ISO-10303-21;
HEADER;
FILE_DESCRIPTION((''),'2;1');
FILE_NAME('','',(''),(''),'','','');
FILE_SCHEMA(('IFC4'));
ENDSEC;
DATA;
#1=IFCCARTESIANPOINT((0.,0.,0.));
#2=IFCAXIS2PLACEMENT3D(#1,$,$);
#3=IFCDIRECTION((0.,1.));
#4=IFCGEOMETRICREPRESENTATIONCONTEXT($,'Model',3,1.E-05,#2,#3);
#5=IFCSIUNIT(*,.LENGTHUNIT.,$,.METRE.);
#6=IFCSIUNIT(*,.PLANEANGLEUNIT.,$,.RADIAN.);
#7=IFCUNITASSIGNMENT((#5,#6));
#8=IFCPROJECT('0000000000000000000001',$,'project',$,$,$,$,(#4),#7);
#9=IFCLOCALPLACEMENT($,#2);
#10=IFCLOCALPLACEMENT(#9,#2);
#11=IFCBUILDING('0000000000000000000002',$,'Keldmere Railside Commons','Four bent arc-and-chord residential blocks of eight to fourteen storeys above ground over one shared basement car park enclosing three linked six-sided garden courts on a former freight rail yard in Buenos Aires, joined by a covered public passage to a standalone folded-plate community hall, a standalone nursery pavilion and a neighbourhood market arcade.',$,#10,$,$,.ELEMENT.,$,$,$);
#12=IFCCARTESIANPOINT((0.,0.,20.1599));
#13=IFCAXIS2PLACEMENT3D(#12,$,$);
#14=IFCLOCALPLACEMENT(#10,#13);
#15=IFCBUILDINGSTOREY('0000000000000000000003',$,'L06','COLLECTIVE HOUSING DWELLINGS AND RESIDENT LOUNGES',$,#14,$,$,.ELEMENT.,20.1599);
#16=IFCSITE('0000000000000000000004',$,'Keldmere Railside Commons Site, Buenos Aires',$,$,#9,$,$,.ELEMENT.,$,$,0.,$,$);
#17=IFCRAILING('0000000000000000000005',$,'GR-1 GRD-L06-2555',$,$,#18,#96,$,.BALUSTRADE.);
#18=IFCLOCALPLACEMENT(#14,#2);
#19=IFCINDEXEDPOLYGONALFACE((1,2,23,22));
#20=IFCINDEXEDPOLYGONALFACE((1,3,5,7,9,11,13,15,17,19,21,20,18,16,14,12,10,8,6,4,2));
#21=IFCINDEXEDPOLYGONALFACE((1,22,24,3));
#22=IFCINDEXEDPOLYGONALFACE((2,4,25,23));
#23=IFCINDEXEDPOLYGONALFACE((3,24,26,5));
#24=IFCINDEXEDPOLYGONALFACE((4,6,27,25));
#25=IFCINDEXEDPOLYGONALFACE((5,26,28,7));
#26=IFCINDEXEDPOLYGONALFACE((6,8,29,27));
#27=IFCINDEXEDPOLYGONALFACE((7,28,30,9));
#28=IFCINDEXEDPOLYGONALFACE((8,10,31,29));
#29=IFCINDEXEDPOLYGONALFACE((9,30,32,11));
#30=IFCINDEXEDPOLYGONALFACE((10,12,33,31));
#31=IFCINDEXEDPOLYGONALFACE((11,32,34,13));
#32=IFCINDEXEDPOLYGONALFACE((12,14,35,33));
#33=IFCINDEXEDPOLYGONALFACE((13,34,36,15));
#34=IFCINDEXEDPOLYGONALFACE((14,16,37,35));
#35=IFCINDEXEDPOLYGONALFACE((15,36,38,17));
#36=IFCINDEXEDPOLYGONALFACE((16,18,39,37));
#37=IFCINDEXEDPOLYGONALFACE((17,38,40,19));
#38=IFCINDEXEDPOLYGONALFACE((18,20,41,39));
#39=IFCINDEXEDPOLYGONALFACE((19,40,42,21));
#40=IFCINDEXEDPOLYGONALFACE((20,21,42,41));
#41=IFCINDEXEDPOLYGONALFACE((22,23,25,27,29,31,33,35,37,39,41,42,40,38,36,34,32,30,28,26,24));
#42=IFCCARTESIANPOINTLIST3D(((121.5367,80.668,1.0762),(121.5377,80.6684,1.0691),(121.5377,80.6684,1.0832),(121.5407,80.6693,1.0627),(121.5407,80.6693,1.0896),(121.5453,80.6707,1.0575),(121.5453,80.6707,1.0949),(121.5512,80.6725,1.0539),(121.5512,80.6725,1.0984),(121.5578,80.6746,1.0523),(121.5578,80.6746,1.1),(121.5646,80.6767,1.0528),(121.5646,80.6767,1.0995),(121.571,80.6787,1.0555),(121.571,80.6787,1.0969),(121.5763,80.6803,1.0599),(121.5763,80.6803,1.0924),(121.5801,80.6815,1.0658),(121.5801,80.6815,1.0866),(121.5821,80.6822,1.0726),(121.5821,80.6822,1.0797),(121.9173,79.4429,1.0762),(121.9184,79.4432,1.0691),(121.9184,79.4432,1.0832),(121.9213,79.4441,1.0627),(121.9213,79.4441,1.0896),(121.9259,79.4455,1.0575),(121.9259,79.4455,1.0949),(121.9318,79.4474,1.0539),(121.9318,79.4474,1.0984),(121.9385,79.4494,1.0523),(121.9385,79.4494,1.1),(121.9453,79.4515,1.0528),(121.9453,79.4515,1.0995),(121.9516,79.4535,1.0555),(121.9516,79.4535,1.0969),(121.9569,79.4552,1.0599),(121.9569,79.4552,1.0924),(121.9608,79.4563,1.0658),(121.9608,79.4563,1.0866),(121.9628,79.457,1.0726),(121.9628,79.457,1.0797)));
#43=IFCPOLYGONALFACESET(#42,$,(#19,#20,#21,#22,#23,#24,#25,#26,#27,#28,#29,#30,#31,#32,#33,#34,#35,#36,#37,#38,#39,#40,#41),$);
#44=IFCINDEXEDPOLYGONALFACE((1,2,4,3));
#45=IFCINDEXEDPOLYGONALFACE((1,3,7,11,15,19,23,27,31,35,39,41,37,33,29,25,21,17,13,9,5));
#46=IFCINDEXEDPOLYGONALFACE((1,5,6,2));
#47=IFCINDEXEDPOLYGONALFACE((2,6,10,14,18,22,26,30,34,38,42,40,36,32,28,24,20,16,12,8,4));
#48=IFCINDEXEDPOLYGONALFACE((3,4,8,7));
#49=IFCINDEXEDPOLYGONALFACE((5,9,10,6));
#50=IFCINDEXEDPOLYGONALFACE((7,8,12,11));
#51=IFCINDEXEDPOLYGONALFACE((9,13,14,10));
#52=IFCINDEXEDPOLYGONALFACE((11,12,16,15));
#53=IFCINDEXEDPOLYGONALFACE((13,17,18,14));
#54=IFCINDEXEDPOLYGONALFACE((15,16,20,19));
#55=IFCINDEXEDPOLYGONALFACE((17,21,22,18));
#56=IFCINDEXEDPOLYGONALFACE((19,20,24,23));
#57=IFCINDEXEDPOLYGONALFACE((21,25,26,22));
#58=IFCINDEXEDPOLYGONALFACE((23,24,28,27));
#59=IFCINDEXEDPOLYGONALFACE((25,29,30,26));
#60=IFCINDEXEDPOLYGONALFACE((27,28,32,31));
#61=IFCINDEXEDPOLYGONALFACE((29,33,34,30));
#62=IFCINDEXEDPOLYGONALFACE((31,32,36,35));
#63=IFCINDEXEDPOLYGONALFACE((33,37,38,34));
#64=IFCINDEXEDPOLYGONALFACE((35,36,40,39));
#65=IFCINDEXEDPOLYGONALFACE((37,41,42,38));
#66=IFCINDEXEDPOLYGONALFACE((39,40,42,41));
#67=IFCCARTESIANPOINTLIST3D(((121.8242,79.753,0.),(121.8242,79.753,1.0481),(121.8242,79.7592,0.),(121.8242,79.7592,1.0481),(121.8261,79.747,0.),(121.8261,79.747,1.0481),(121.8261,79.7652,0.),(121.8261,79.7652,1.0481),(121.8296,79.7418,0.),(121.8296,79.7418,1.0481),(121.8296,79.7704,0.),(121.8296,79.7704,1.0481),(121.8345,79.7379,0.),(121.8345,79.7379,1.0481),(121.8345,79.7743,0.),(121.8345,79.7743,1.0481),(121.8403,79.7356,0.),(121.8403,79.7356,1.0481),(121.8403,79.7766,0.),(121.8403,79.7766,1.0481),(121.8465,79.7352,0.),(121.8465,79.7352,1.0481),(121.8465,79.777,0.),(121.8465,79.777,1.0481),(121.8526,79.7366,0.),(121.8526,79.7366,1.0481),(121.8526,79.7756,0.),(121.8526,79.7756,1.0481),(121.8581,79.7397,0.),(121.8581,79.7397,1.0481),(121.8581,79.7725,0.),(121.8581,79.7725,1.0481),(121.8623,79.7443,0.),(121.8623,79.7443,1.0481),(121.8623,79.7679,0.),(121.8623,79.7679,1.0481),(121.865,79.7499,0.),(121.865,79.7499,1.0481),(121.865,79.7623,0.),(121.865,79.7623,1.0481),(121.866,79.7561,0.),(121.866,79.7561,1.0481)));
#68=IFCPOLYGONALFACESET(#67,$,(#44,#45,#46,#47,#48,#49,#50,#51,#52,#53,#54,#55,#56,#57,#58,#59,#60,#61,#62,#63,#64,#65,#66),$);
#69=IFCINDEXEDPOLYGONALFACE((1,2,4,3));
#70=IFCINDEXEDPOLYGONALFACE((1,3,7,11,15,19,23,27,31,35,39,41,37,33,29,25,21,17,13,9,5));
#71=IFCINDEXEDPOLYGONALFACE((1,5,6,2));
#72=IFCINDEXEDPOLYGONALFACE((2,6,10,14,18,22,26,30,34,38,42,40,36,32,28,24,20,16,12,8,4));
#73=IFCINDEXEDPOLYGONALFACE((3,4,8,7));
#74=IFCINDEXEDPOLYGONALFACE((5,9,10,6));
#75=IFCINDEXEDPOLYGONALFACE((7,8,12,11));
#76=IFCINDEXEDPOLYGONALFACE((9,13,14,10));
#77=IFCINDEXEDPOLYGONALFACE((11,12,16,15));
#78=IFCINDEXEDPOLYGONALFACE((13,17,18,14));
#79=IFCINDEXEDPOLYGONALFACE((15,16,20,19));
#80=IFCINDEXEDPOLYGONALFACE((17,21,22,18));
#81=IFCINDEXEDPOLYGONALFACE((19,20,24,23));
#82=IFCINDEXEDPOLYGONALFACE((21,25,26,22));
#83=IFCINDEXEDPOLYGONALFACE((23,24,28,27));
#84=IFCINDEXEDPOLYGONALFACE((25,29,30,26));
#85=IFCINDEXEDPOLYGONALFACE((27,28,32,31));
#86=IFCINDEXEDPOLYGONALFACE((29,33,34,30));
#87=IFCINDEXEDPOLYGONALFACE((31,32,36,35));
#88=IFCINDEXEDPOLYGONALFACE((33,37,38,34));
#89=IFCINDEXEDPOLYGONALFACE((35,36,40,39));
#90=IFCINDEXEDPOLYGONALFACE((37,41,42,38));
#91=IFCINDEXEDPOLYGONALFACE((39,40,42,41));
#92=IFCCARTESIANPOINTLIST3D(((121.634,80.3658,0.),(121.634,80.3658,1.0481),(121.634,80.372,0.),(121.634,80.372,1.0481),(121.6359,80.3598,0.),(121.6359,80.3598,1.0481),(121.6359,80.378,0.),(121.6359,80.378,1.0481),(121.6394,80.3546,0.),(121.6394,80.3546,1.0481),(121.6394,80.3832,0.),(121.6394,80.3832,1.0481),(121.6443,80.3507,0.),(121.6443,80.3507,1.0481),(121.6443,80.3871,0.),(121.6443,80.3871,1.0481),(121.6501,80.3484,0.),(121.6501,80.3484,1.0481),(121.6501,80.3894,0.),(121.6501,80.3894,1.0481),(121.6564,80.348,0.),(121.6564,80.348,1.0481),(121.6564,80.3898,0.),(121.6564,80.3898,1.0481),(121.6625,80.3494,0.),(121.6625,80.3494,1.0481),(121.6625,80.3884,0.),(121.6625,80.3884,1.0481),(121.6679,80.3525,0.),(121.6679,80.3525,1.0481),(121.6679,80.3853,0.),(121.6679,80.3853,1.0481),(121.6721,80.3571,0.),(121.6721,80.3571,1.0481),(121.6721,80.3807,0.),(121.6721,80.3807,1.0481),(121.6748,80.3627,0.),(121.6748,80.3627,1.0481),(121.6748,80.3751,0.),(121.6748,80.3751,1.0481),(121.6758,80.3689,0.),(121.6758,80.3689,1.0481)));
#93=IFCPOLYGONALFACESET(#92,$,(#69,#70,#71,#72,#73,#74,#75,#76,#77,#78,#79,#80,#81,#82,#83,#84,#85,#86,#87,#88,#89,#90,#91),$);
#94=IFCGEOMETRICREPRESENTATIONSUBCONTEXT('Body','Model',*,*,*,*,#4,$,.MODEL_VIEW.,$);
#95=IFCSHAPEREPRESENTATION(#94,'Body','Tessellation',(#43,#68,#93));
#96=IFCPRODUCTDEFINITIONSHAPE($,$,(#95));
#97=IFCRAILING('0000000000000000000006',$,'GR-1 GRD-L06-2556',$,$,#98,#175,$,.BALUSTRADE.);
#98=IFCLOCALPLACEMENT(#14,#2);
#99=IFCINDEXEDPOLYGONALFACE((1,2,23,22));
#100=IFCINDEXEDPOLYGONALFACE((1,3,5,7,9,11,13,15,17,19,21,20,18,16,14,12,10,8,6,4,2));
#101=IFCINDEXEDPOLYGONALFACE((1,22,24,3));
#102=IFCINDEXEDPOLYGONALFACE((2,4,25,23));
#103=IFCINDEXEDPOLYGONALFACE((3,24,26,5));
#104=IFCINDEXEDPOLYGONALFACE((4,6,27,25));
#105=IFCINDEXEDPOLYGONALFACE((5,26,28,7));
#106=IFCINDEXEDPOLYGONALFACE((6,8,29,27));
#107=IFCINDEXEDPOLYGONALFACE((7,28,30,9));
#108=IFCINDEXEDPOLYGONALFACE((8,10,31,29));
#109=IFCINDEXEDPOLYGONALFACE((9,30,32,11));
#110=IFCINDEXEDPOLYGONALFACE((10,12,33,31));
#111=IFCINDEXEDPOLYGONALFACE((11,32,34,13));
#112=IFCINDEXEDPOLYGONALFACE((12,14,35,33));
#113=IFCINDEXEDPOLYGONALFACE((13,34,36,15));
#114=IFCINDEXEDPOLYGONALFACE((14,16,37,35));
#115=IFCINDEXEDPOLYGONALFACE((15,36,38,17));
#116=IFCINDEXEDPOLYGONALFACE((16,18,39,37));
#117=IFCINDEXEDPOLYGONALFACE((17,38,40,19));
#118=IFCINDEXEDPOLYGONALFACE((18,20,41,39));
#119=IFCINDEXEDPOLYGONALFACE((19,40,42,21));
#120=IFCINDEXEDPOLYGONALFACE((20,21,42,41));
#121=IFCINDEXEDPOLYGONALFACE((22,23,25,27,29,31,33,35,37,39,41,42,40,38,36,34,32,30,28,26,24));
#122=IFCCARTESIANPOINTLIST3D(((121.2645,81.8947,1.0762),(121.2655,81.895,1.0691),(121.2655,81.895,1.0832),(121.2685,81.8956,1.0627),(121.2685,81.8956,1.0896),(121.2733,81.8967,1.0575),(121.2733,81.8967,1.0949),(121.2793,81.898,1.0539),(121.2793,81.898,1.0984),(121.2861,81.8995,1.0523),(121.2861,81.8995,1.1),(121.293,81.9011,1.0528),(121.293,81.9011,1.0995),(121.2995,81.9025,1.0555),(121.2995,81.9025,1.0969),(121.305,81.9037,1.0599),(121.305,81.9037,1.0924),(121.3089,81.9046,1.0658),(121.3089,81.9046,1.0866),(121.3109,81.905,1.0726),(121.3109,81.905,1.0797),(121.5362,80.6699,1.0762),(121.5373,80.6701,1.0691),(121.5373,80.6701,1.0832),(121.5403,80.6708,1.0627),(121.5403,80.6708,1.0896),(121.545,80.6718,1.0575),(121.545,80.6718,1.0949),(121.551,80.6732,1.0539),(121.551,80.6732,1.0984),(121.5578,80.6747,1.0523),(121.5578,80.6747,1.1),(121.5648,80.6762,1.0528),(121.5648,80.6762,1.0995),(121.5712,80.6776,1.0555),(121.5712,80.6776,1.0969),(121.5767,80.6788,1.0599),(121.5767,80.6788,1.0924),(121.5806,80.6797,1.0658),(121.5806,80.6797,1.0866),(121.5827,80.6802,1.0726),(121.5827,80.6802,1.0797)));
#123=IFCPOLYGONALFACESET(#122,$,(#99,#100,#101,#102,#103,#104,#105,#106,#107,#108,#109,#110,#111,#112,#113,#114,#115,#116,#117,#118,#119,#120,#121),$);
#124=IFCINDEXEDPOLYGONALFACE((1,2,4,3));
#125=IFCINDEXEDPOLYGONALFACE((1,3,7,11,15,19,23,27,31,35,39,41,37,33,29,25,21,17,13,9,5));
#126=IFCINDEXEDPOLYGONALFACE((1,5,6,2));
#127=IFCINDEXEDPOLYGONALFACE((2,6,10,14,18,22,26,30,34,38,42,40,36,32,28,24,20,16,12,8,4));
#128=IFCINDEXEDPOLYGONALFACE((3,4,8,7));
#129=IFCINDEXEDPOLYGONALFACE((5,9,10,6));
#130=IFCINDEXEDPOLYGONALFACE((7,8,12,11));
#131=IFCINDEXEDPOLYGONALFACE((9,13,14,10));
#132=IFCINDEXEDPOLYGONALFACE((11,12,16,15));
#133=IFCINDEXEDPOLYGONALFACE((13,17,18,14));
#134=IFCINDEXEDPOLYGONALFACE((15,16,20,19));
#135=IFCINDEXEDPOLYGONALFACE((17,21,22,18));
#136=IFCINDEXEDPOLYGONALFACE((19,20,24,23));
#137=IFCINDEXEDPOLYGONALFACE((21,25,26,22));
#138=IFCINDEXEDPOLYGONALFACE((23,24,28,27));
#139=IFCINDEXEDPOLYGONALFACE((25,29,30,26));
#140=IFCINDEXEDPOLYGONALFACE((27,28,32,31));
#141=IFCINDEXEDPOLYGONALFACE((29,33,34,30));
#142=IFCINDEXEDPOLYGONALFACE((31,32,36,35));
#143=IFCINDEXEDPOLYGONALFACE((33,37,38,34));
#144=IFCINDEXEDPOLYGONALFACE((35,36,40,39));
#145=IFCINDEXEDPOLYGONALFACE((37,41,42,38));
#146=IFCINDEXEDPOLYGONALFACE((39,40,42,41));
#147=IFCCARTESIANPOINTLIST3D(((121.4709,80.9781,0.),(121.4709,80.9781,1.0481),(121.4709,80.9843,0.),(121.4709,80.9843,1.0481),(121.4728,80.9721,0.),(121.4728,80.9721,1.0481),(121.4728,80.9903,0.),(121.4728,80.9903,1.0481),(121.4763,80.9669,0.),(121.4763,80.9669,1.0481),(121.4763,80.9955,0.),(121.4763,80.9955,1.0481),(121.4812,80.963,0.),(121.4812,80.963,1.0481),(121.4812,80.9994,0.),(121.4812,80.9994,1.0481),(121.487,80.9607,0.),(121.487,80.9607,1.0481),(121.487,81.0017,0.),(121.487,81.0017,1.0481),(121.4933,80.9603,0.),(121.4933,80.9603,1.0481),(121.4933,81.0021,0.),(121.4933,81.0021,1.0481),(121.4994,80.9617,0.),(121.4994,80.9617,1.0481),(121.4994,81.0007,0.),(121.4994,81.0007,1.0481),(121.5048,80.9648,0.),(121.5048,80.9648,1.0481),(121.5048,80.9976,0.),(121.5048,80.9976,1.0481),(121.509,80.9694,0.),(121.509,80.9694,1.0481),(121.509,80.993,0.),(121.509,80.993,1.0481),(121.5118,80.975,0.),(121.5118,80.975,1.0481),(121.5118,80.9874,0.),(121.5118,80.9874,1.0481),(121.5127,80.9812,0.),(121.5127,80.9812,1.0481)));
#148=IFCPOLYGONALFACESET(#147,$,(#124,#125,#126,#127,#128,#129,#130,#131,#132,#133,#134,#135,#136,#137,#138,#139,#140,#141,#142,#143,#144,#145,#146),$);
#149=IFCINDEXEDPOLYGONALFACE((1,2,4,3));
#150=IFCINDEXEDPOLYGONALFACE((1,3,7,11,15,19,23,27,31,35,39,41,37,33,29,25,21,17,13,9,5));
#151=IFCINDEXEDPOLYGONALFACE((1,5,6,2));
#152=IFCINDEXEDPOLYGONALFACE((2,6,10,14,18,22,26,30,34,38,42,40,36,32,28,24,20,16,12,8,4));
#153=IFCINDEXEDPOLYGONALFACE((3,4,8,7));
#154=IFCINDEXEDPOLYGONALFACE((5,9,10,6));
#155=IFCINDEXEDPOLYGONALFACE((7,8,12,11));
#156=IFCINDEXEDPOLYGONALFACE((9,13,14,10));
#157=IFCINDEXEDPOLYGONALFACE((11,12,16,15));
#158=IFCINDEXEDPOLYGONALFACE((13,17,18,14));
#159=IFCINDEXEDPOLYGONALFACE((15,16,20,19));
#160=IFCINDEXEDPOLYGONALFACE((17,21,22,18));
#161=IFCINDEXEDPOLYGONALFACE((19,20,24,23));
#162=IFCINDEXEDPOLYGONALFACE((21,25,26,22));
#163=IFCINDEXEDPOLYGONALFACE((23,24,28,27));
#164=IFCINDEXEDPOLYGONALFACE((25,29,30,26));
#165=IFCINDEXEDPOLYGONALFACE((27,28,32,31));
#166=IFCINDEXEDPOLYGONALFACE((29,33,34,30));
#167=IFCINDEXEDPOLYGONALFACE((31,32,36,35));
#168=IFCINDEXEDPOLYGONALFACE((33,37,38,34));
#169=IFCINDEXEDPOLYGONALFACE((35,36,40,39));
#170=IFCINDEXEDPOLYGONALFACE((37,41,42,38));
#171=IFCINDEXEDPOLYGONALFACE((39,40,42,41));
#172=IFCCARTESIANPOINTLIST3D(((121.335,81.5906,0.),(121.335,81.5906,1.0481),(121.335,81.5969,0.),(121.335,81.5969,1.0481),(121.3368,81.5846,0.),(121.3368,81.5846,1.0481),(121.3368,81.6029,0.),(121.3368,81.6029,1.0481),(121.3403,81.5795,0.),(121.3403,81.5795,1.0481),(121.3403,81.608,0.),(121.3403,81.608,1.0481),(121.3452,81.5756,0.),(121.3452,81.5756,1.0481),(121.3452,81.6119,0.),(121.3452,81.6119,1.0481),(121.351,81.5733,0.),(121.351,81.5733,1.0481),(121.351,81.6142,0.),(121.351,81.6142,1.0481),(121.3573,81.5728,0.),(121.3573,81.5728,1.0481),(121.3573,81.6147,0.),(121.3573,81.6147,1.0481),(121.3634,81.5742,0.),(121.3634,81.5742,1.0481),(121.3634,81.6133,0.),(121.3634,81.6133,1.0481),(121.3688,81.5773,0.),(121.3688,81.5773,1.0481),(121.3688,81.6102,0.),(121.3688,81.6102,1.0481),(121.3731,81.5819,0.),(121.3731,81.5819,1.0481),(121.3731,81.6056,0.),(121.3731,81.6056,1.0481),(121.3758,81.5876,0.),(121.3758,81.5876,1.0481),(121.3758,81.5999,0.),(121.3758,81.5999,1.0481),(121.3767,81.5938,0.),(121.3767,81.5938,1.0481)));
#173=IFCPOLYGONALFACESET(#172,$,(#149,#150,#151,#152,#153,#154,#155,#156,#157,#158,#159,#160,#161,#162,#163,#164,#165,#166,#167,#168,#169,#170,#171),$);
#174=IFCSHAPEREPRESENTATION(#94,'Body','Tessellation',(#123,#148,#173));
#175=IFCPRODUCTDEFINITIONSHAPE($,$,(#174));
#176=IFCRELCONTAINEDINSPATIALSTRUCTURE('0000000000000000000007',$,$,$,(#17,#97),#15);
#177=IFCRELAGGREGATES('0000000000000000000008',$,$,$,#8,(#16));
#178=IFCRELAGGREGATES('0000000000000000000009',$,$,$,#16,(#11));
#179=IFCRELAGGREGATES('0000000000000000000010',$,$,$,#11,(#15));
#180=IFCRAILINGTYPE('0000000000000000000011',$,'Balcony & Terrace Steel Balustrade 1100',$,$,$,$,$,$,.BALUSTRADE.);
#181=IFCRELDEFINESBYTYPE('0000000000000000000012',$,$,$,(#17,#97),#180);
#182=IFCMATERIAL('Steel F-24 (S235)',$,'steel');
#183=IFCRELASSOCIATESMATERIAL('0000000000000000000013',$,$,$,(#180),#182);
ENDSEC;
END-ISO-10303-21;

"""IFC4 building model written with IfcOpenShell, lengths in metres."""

from ifc_helpers import new_model, si_unit, direction, frame, origin, origin_2d, place, context, subcontext, project, spatial, circle, extrude, material, type_object, element, save


model = new_model("IFC4")

# Units and contexts
model_context = context("Model", 3, precision=1e-05, world=origin(), true_north=direction((0.0, 1.0)))
body_context = subcontext(model_context, "Body", "Model", "MODEL_VIEW")
ifc_project = project(units=[si_unit("LENGTHUNIT", "METRE"), si_unit("PLANEANGLEUNIT", "RADIAN")], contexts=[model_context])

# Site, building, storey
site_placement = place(None, origin())
site = spatial("IfcSite", under=ifc_project, at=site_placement, Name="Keldmere Railside Commons Site, Buenos Aires", CompositionType="ELEMENT", RefElevation=0.0)
building_placement = place(site_placement, origin())
building = spatial("IfcBuilding", under=site, at=building_placement, Name="Keldmere Railside Commons", Description="Four bent arc-and-chord residential blocks of eight to fourteen storeys above ground over one shared basement car park enclosing three linked six-sided garden courts on a former freight rail yard in Buenos Aires, joined by a covered public passage to a standalone folded-plate community hall, a standalone nursery pavilion and a neighbourhood market arcade.", CompositionType="ELEMENT")
storey_placement = place(building_placement, frame((0.0, 0.0, 20.1599)))
storey = spatial("IfcBuildingStorey", under=building, at=storey_placement, Name="L06", Description="COLLECTIVE HOUSING DWELLINGS AND RESIDENT LOUNGES", CompositionType="ELEMENT", Elevation=20.1599)

# Railings
ifc_material_1 = material(Name="Steel F-24 (S235)", Category="steel")
railing_type = type_object("IfcRailingType", Name="Balcony & Terrace Steel Balustrade 1100", PredefinedType="BALUSTRADE", material=ifc_material_1)
railing_1_placement = place(storey_placement, frame((121.9402, 79.45, 0.0)))
element("IfcRailing", 1, at=railing_1_placement, inside=storey, type_object=railing_type, Name="GR-1 GRD-L06-2555", PredefinedType="BALUSTRADE", context=body_context, shape_type="SweptSolid", body=[
    extrude(circle(Radius=0.0239, at=origin_2d()), frame((0.0, 0.0, 1.0762), z_axis=(-0.296693, 0.954973, 0.0), x_axis=(-0.954973, -0.296693, 0.0)), (0.0, 0.0, 1.0), 1.283),
    extrude(circle(Radius=0.021, at=origin_2d()), frame((-0.0952, 0.3062, 0.0)), (0.0, 0.0, 1.0), 1.0481),
    extrude(circle(Radius=0.021, at=origin_2d()), frame((-0.2854, 0.9189, 0.0)), (0.0, 0.0, 1.0), 1.0481),
])
railing_2_placement = place(storey_placement, frame((121.5596, 80.675, 0.0)))
element("IfcRailing", 2, at=railing_2_placement, inside=storey, type_object=railing_type, Name="GR-1 GRD-L06-2556", PredefinedType="BALUSTRADE", context=body_context, shape_type="SweptSolid", body=[
    extrude(circle(Radius=0.0239, at=origin_2d()), frame((0.0, 0.0, 1.0762), z_axis=(-0.21658, 0.976265, 0.0), x_axis=(-0.976265, -0.21658, 0.0)), (0.0, 0.0, 1.0), 1.2546),
    extrude(circle(Radius=0.021, at=origin_2d()), frame((-0.0679, 0.3062, 0.0)), (0.0, 0.0, 1.0), 1.0481),
    extrude(circle(Radius=0.021, at=origin_2d()), frame((-0.2039, 0.9187, 0.0)), (0.0, 0.0, 1.0), 1.0481),
])

save(model, "model.ifc")
